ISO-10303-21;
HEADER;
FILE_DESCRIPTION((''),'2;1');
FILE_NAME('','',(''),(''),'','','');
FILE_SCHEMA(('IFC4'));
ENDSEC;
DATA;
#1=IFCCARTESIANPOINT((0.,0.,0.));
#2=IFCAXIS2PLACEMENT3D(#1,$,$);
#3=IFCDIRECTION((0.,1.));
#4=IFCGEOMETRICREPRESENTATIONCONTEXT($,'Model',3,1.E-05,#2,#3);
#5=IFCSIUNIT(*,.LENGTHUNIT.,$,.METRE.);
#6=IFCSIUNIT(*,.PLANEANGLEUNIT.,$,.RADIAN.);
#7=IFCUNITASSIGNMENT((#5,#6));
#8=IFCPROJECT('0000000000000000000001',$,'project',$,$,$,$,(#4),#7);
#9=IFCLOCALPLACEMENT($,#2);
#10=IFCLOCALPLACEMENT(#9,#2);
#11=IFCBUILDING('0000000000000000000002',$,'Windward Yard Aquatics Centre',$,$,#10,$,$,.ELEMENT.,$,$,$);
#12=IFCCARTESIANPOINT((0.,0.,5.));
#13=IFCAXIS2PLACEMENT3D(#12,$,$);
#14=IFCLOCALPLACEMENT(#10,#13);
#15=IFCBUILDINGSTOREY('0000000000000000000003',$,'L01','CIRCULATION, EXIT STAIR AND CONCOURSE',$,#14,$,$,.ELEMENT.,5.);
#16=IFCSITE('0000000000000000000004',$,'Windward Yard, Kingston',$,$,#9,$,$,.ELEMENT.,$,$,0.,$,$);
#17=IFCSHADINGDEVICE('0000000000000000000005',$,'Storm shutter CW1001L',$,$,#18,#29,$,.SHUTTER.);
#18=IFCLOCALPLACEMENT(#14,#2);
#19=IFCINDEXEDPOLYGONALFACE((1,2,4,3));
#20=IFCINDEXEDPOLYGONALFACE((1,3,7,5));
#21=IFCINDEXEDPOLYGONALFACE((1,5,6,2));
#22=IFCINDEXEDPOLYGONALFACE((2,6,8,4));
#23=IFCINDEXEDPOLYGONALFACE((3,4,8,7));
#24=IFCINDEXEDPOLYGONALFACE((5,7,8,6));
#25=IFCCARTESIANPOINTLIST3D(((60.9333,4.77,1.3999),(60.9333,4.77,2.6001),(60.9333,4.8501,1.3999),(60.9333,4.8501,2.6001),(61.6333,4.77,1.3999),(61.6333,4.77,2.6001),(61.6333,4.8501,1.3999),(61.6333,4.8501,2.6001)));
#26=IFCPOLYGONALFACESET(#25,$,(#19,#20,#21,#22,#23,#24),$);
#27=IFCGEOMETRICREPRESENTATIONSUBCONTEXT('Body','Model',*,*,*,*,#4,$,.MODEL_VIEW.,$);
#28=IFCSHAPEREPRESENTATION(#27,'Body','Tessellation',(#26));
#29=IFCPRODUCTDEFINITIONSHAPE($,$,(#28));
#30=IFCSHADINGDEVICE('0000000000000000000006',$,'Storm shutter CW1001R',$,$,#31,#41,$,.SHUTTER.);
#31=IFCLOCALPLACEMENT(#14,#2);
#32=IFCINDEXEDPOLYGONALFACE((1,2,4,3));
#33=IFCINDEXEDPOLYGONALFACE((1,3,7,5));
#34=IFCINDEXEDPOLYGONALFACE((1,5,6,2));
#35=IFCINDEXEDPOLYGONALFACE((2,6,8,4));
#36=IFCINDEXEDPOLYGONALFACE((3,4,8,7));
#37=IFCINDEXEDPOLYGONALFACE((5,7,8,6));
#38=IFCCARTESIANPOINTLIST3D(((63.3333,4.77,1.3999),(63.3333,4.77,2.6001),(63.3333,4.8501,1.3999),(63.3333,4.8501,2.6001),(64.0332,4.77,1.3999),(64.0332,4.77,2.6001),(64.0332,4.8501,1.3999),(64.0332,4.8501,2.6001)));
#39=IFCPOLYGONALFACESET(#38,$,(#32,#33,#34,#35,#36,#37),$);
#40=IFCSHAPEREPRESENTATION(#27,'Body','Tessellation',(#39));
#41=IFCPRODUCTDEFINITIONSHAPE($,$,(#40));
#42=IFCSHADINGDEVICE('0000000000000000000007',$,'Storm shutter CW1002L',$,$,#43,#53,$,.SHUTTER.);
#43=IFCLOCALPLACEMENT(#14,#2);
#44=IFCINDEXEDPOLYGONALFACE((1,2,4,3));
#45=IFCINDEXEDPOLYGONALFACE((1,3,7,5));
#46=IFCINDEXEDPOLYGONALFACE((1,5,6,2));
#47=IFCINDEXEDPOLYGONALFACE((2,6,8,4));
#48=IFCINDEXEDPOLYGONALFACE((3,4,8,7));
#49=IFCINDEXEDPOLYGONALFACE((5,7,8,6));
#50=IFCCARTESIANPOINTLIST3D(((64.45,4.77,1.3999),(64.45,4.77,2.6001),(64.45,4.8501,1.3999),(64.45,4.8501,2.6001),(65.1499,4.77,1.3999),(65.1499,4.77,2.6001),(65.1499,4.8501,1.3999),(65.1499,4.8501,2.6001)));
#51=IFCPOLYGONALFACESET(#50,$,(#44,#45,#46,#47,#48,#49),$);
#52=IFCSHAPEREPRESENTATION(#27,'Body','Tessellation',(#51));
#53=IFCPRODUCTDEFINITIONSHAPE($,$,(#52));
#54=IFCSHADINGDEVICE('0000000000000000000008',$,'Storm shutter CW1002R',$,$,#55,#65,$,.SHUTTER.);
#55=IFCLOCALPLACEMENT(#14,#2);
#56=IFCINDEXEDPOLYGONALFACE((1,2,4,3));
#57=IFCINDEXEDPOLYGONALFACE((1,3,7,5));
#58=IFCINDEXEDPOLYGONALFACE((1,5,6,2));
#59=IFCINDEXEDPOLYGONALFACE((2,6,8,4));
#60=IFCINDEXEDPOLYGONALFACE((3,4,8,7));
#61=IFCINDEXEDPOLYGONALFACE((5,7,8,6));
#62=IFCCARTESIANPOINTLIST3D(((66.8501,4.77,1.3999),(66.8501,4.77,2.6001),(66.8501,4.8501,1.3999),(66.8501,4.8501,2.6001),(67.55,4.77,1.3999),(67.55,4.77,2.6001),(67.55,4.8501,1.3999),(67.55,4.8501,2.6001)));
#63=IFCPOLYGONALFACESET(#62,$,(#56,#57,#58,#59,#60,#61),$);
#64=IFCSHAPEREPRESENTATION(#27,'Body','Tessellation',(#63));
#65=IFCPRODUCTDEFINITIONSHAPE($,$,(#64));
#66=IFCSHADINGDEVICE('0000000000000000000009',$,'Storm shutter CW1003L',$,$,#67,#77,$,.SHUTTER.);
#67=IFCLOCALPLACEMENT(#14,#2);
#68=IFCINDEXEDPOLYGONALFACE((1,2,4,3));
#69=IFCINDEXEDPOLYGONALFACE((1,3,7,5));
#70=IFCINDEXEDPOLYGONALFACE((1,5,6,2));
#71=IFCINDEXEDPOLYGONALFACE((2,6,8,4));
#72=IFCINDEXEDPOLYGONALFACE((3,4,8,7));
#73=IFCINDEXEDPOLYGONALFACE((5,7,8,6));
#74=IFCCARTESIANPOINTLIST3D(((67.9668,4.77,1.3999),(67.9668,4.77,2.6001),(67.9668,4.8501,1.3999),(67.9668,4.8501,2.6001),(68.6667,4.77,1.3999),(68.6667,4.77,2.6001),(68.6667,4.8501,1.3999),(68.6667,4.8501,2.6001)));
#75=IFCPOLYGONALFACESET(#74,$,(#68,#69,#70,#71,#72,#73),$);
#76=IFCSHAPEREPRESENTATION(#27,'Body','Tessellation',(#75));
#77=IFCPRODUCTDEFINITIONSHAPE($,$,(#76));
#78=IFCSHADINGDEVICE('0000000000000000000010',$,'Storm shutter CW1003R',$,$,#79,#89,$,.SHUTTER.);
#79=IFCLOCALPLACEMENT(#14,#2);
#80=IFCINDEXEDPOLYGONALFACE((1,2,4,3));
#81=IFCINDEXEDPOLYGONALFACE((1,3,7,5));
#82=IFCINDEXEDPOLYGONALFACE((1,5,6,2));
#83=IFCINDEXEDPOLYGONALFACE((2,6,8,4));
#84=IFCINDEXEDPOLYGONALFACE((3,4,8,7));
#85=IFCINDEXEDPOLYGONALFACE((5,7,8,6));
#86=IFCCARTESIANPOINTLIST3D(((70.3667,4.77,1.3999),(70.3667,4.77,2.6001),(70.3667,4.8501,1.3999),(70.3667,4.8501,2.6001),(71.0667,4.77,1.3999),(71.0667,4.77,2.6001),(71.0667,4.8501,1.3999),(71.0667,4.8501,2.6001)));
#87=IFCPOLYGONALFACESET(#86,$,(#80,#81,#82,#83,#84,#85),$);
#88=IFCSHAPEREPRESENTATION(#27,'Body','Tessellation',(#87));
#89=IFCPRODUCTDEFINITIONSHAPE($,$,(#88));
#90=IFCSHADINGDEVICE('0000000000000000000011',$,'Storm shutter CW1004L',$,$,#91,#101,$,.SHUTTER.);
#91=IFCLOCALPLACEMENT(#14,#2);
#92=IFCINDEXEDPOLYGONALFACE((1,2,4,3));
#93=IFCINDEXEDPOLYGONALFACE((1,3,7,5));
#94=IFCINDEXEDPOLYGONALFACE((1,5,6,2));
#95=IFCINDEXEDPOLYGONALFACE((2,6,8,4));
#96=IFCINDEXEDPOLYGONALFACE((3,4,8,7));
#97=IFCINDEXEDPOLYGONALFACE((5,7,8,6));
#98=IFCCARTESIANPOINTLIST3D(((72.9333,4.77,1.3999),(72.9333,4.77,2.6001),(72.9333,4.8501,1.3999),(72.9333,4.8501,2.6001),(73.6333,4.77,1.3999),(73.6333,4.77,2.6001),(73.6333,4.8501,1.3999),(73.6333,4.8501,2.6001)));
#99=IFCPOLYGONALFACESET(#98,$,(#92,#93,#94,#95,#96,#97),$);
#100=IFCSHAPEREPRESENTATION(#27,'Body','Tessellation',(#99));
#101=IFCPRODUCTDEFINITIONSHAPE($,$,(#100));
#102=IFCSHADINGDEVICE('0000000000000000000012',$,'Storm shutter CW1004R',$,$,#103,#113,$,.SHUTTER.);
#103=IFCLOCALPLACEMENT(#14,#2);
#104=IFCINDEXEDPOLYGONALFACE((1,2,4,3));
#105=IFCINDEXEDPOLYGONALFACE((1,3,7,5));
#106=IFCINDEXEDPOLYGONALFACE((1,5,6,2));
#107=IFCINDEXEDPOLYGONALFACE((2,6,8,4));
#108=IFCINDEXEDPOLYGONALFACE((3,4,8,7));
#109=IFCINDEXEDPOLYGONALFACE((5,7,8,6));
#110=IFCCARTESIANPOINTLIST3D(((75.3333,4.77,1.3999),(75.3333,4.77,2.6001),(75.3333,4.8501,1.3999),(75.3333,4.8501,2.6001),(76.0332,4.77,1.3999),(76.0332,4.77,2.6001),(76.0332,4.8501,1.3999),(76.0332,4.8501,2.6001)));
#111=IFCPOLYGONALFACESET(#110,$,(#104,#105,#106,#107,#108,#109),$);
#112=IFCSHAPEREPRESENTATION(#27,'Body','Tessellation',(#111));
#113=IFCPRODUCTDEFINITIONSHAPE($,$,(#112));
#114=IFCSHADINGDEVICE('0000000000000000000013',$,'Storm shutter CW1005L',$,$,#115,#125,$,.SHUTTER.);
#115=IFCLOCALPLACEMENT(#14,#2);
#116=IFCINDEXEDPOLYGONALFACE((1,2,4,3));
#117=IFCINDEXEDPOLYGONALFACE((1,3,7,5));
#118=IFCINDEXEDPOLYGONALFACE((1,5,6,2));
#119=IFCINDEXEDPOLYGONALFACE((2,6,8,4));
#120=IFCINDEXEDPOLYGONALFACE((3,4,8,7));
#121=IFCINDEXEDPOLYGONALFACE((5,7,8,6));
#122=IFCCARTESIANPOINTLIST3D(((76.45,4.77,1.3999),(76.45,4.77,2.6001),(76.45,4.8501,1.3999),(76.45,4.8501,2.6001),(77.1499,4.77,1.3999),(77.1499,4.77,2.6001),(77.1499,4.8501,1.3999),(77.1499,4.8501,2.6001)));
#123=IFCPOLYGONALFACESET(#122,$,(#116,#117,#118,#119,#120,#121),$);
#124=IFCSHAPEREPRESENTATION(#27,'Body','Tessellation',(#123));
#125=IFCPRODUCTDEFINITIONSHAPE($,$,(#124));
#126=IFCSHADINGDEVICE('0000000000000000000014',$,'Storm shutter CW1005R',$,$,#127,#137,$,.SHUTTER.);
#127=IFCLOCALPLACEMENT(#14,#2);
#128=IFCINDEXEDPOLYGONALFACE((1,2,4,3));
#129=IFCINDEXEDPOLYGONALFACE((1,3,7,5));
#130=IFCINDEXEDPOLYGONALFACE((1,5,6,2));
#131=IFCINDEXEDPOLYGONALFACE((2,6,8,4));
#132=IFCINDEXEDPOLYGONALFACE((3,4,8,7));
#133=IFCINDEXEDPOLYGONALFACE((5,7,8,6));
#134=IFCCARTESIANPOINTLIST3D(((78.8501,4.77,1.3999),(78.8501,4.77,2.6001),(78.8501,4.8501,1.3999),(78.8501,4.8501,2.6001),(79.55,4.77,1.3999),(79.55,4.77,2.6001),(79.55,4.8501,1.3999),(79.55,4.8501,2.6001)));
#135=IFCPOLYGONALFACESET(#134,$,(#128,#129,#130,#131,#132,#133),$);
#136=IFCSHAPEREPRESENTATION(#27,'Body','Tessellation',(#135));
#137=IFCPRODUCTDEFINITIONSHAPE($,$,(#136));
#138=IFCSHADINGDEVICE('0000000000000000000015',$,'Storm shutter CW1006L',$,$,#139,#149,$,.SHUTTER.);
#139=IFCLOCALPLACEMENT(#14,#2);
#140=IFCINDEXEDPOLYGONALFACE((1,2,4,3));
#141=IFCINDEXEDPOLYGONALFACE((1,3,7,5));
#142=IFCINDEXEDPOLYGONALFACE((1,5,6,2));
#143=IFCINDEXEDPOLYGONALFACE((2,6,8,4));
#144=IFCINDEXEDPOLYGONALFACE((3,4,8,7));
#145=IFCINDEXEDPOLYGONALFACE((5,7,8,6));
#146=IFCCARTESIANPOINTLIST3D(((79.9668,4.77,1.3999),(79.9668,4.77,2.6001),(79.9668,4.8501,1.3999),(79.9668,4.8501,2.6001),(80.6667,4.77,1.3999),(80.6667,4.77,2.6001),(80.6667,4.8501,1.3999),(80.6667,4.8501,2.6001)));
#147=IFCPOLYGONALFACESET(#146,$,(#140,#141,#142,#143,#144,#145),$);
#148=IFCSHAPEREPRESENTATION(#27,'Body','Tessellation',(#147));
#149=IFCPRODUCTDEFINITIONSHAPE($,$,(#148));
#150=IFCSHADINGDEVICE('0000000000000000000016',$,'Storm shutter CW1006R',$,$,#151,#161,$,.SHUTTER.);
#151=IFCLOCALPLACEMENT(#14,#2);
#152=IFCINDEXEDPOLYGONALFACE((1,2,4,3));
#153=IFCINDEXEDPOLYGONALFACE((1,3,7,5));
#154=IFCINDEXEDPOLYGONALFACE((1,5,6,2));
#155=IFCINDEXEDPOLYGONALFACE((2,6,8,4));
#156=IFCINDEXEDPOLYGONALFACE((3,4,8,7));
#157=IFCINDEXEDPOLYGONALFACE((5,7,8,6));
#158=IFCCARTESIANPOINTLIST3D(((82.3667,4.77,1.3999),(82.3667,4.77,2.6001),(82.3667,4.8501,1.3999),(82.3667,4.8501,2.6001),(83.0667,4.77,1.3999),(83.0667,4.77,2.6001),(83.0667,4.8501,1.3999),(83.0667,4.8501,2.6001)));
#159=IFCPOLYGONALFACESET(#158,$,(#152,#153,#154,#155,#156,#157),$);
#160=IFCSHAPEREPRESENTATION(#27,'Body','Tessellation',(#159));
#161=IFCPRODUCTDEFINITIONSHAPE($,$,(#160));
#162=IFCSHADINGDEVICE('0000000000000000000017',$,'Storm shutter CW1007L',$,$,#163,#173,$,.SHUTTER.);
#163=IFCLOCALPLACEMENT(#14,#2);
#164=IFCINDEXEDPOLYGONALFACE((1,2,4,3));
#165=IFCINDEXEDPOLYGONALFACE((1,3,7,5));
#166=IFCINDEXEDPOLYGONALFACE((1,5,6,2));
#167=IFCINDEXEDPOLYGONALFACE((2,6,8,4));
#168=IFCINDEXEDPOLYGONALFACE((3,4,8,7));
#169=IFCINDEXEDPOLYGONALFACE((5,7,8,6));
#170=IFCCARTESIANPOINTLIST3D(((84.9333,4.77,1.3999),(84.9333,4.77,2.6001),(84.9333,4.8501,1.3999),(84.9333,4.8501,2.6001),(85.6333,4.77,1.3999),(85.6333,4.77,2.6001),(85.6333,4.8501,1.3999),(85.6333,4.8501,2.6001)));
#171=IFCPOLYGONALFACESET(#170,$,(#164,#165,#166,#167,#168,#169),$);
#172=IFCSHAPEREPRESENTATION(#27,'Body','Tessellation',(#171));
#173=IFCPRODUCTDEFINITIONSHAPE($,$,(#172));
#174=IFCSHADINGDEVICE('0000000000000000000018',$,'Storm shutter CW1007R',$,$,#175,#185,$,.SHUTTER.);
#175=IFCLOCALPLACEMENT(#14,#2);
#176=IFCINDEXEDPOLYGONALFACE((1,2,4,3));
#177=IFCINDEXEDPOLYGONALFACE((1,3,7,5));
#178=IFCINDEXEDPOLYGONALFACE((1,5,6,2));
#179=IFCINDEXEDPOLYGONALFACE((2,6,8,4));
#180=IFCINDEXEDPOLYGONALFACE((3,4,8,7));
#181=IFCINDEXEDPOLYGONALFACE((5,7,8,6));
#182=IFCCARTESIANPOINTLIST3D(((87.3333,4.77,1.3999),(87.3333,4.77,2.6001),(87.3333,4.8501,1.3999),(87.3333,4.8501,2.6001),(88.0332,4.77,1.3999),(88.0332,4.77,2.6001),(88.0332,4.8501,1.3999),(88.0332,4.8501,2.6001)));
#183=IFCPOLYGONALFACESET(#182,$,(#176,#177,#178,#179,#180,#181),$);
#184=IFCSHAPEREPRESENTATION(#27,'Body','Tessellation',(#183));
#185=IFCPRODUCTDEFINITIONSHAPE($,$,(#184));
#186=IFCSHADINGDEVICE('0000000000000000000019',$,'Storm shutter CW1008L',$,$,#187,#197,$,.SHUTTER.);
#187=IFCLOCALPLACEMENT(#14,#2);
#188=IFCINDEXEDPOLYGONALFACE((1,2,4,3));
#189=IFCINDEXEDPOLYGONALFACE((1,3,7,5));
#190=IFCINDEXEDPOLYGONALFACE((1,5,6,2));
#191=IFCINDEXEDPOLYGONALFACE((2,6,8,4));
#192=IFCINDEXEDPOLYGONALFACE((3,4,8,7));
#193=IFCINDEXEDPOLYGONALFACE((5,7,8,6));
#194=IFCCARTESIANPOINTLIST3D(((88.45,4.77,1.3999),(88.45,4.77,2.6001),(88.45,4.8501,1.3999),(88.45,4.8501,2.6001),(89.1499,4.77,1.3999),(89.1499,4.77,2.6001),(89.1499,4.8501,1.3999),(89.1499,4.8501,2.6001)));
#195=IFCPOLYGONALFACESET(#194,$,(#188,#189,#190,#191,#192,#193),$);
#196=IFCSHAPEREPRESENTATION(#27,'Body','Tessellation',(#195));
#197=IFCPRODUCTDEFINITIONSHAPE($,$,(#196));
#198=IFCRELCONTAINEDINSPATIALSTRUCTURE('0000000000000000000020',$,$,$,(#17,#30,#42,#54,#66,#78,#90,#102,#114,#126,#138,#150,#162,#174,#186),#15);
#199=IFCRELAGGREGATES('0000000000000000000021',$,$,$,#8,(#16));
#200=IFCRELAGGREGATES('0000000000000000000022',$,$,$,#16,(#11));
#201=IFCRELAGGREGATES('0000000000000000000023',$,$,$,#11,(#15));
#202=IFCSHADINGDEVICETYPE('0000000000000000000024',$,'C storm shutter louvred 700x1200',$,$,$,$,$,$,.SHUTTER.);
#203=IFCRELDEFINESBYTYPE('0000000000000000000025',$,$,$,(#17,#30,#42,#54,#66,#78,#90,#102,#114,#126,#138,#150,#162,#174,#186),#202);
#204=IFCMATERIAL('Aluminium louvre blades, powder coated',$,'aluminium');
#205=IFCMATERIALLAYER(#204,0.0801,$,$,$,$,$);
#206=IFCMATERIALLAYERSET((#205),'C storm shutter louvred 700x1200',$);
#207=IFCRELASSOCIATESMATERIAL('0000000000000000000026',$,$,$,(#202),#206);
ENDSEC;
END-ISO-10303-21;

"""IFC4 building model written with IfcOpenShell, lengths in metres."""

from ifc_helpers import new_model, si_unit, direction, frame, origin, place, context, subcontext, project, spatial, polyline, outline, extrude, material, layer, layer_set, type_object, element, save


model = new_model("IFC4")

# Units and contexts
model_context = context("Model", 3, precision=1e-05, world=origin(), true_north=direction((0.0, 1.0)))
body_context = subcontext(model_context, "Body", "Model", "MODEL_VIEW")
ifc_project = project(units=[si_unit("LENGTHUNIT", "METRE"), si_unit("PLANEANGLEUNIT", "RADIAN")], contexts=[model_context])

# Site, building, storey
site_placement = place(None, origin())
site = spatial("IfcSite", under=ifc_project, at=site_placement, Name="Windward Yard, Kingston", CompositionType="ELEMENT", RefElevation=0.0)
building_placement = place(site_placement, origin())
building = spatial("IfcBuilding", under=site, at=building_placement, Name="Windward Yard Aquatics Centre", CompositionType="ELEMENT")
storey_placement = place(building_placement, frame((0.0, 0.0, 5.0)))
storey = spatial("IfcBuildingStorey", under=building, at=storey_placement, Name="L01", Description="CIRCULATION, EXIT STAIR AND CONCOURSE", CompositionType="ELEMENT", Elevation=5.0)

# Shading devices
ifc_material_1 = material(Name="Aluminium louvre blades, powder coated", Category="aluminium")
ifc_layer_1 = layer(ifc_material_1, 0.0801)
ifc_layer_set_1 = layer_set([ifc_layer_1], Name="C storm shutter louvred 700x1200")
shading_device_type = type_object("IfcShadingDeviceType", Name="C storm shutter louvred 700x1200", PredefinedType="SHUTTER", material=ifc_layer_set_1)
shading_device_1_placement = place(storey_placement, frame((0.0, 0.0, 1.3999)))
element("IfcShadingDevice", 1, at=shading_device_1_placement, inside=storey, type_object=shading_device_type, Name="Storm shutter CW1001L", PredefinedType="SHUTTER", context=body_context, shape_type="SweptSolid", body=[
    extrude(outline(polyline([(60.9333, 4.77), (60.9333, 4.8501), (61.6333, 4.8501), (61.6333, 4.77), (60.9333, 4.77)])), origin(), (0.0, 0.0, 1.0), 1.2002),
])
shading_device_2_placement = place(storey_placement, frame((0.0, 0.0, 1.3999)))
element("IfcShadingDevice", 2, at=shading_device_2_placement, inside=storey, type_object=shading_device_type, Name="Storm shutter CW1001R", PredefinedType="SHUTTER", context=body_context, shape_type="SweptSolid", body=[
    extrude(outline(polyline([(63.3333, 4.77), (63.3333, 4.8501), (64.0332, 4.8501), (64.0332, 4.77), (63.3333, 4.77)])), origin(), (0.0, 0.0, 1.0), 1.2002),
])
shading_device_3_placement = place(storey_placement, frame((0.0, 0.0, 1.3999)))
element("IfcShadingDevice", 3, at=shading_device_3_placement, inside=storey, type_object=shading_device_type, Name="Storm shutter CW1002L", PredefinedType="SHUTTER", context=body_context, shape_type="SweptSolid", body=[
    extrude(outline(polyline([(64.45, 4.77), (64.45, 4.8501), (65.1499, 4.8501), (65.1499, 4.77), (64.45, 4.77)])), origin(), (0.0, 0.0, 1.0), 1.2002),
])
shading_device_4_placement = place(storey_placement, frame((0.0, 0.0, 1.3999)))
element("IfcShadingDevice", 4, at=shading_device_4_placement, inside=storey, type_object=shading_device_type, Name="Storm shutter CW1002R", PredefinedType="SHUTTER", context=body_context, shape_type="SweptSolid", body=[
    extrude(outline(polyline([(66.8501, 4.77), (66.8501, 4.8501), (67.55, 4.8501), (67.55, 4.77), (66.8501, 4.77)])), origin(), (0.0, 0.0, 1.0), 1.2002),
])
shading_device_5_placement = place(storey_placement, frame((0.0, 0.0, 1.3999)))
element("IfcShadingDevice", 5, at=shading_device_5_placement, inside=storey, type_object=shading_device_type, Name="Storm shutter CW1003L", PredefinedType="SHUTTER", context=body_context, shape_type="SweptSolid", body=[
    extrude(outline(polyline([(67.9668, 4.77), (67.9668, 4.8501), (68.6667, 4.8501), (68.6667, 4.77), (67.9668, 4.77)])), origin(), (0.0, 0.0, 1.0), 1.2002),
])
shading_device_6_placement = place(storey_placement, frame((0.0, 0.0, 1.3999)))
element("IfcShadingDevice", 6, at=shading_device_6_placement, inside=storey, type_object=shading_device_type, Name="Storm shutter CW1003R", PredefinedType="SHUTTER", context=body_context, shape_type="SweptSolid", body=[
    extrude(outline(polyline([(70.3667, 4.77), (70.3667, 4.8501), (71.0667, 4.8501), (71.0667, 4.77), (70.3667, 4.77)])), origin(), (0.0, 0.0, 1.0), 1.2002),
])
shading_device_7_placement = place(storey_placement, frame((0.0, 0.0, 1.3999)))
element("IfcShadingDevice", 7, at=shading_device_7_placement, inside=storey, type_object=shading_device_type, Name="Storm shutter CW1004L", PredefinedType="SHUTTER", context=body_context, shape_type="SweptSolid", body=[
    extrude(outline(polyline([(72.9333, 4.77), (72.9333, 4.8501), (73.6333, 4.8501), (73.6333, 4.77), (72.9333, 4.77)])), origin(), (0.0, 0.0, 1.0), 1.2002),
])
shading_device_8_placement = place(storey_placement, frame((0.0, 0.0, 1.3999)))
element("IfcShadingDevice", 8, at=shading_device_8_placement, inside=storey, type_object=shading_device_type, Name="Storm shutter CW1004R", PredefinedType="SHUTTER", context=body_context, shape_type="SweptSolid", body=[
    extrude(outline(polyline([(75.3333, 4.77), (75.3333, 4.8501), (76.0332, 4.8501), (76.0332, 4.77), (75.3333, 4.77)])), origin(), (0.0, 0.0, 1.0), 1.2002),
])
shading_device_9_placement = place(storey_placement, frame((0.0, 0.0, 1.3999)))
element("IfcShadingDevice", 9, at=shading_device_9_placement, inside=storey, type_object=shading_device_type, Name="Storm shutter CW1005L", PredefinedType="SHUTTER", context=body_context, shape_type="SweptSolid", body=[
    extrude(outline(polyline([(76.45, 4.77), (76.45, 4.8501), (77.1499, 4.8501), (77.1499, 4.77), (76.45, 4.77)])), origin(), (0.0, 0.0, 1.0), 1.2002),
])
shading_device_10_placement = place(storey_placement, frame((0.0, 0.0, 1.3999)))
element("IfcShadingDevice", 10, at=shading_device_10_placement, inside=storey, type_object=shading_device_type, Name="Storm shutter CW1005R", PredefinedType="SHUTTER", context=body_context, shape_type="SweptSolid", body=[
    extrude(outline(polyline([(78.8501, 4.77), (78.8501, 4.8501), (79.55, 4.8501), (79.55, 4.77), (78.8501, 4.77)])), origin(), (0.0, 0.0, 1.0), 1.2002),
])
shading_device_11_placement = place(storey_placement, frame((0.0, 0.0, 1.3999)))
element("IfcShadingDevice", 11, at=shading_device_11_placement, inside=storey, type_object=shading_device_type, Name="Storm shutter CW1006L", PredefinedType="SHUTTER", context=body_context, shape_type="SweptSolid", body=[
    extrude(outline(polyline([(79.9668, 4.77), (79.9668, 4.8501), (80.6667, 4.8501), (80.6667, 4.77), (79.9668, 4.77)])), origin(), (0.0, 0.0, 1.0), 1.2002),
])
shading_device_12_placement = place(storey_placement, frame((0.0, 0.0, 1.3999)))
element("IfcShadingDevice", 12, at=shading_device_12_placement, inside=storey, type_object=shading_device_type, Name="Storm shutter CW1006R", PredefinedType="SHUTTER", context=body_context, shape_type="SweptSolid", body=[
    extrude(outline(polyline([(82.3667, 4.77), (82.3667, 4.8501), (83.0667, 4.8501), (83.0667, 4.77), (82.3667, 4.77)])), origin(), (0.0, 0.0, 1.0), 1.2002),
])
shading_device_13_placement = place(storey_placement, frame((0.0, 0.0, 1.3999)))
element("IfcShadingDevice", 13, at=shading_device_13_placement, inside=storey, type_object=shading_device_type, Name="Storm shutter CW1007L", PredefinedType="SHUTTER", context=body_context, shape_type="SweptSolid", body=[
    extrude(outline(polyline([(84.9333, 4.77), (84.9333, 4.8501), (85.6333, 4.8501), (85.6333, 4.77), (84.9333, 4.77)])), origin(), (0.0, 0.0, 1.0), 1.2002),
])
shading_device_14_placement = place(storey_placement, frame((0.0, 0.0, 1.3999)))
element("IfcShadingDevice", 14, at=shading_device_14_placement, inside=storey, type_object=shading_device_type, Name="Storm shutter CW1007R", PredefinedType="SHUTTER", context=body_context, shape_type="SweptSolid", body=[
    extrude(outline(polyline([(87.3333, 4.77), (87.3333, 4.8501), (88.0332, 4.8501), (88.0332, 4.77), (87.3333, 4.77)])), origin(), (0.0, 0.0, 1.0), 1.2002),
])
shading_device_15_placement = place(storey_placement, frame((0.0, 0.0, 1.3999)))
element("IfcShadingDevice", 15, at=shading_device_15_placement, inside=storey, type_object=shading_device_type, Name="Storm shutter CW1008L", PredefinedType="SHUTTER", context=body_context, shape_type="SweptSolid", body=[
    extrude(outline(polyline([(88.45, 4.77), (88.45, 4.8501), (89.1499, 4.8501), (89.1499, 4.77), (88.45, 4.77)])), origin(), (0.0, 0.0, 1.0), 1.2002),
])

save(model, "model.ifc")
